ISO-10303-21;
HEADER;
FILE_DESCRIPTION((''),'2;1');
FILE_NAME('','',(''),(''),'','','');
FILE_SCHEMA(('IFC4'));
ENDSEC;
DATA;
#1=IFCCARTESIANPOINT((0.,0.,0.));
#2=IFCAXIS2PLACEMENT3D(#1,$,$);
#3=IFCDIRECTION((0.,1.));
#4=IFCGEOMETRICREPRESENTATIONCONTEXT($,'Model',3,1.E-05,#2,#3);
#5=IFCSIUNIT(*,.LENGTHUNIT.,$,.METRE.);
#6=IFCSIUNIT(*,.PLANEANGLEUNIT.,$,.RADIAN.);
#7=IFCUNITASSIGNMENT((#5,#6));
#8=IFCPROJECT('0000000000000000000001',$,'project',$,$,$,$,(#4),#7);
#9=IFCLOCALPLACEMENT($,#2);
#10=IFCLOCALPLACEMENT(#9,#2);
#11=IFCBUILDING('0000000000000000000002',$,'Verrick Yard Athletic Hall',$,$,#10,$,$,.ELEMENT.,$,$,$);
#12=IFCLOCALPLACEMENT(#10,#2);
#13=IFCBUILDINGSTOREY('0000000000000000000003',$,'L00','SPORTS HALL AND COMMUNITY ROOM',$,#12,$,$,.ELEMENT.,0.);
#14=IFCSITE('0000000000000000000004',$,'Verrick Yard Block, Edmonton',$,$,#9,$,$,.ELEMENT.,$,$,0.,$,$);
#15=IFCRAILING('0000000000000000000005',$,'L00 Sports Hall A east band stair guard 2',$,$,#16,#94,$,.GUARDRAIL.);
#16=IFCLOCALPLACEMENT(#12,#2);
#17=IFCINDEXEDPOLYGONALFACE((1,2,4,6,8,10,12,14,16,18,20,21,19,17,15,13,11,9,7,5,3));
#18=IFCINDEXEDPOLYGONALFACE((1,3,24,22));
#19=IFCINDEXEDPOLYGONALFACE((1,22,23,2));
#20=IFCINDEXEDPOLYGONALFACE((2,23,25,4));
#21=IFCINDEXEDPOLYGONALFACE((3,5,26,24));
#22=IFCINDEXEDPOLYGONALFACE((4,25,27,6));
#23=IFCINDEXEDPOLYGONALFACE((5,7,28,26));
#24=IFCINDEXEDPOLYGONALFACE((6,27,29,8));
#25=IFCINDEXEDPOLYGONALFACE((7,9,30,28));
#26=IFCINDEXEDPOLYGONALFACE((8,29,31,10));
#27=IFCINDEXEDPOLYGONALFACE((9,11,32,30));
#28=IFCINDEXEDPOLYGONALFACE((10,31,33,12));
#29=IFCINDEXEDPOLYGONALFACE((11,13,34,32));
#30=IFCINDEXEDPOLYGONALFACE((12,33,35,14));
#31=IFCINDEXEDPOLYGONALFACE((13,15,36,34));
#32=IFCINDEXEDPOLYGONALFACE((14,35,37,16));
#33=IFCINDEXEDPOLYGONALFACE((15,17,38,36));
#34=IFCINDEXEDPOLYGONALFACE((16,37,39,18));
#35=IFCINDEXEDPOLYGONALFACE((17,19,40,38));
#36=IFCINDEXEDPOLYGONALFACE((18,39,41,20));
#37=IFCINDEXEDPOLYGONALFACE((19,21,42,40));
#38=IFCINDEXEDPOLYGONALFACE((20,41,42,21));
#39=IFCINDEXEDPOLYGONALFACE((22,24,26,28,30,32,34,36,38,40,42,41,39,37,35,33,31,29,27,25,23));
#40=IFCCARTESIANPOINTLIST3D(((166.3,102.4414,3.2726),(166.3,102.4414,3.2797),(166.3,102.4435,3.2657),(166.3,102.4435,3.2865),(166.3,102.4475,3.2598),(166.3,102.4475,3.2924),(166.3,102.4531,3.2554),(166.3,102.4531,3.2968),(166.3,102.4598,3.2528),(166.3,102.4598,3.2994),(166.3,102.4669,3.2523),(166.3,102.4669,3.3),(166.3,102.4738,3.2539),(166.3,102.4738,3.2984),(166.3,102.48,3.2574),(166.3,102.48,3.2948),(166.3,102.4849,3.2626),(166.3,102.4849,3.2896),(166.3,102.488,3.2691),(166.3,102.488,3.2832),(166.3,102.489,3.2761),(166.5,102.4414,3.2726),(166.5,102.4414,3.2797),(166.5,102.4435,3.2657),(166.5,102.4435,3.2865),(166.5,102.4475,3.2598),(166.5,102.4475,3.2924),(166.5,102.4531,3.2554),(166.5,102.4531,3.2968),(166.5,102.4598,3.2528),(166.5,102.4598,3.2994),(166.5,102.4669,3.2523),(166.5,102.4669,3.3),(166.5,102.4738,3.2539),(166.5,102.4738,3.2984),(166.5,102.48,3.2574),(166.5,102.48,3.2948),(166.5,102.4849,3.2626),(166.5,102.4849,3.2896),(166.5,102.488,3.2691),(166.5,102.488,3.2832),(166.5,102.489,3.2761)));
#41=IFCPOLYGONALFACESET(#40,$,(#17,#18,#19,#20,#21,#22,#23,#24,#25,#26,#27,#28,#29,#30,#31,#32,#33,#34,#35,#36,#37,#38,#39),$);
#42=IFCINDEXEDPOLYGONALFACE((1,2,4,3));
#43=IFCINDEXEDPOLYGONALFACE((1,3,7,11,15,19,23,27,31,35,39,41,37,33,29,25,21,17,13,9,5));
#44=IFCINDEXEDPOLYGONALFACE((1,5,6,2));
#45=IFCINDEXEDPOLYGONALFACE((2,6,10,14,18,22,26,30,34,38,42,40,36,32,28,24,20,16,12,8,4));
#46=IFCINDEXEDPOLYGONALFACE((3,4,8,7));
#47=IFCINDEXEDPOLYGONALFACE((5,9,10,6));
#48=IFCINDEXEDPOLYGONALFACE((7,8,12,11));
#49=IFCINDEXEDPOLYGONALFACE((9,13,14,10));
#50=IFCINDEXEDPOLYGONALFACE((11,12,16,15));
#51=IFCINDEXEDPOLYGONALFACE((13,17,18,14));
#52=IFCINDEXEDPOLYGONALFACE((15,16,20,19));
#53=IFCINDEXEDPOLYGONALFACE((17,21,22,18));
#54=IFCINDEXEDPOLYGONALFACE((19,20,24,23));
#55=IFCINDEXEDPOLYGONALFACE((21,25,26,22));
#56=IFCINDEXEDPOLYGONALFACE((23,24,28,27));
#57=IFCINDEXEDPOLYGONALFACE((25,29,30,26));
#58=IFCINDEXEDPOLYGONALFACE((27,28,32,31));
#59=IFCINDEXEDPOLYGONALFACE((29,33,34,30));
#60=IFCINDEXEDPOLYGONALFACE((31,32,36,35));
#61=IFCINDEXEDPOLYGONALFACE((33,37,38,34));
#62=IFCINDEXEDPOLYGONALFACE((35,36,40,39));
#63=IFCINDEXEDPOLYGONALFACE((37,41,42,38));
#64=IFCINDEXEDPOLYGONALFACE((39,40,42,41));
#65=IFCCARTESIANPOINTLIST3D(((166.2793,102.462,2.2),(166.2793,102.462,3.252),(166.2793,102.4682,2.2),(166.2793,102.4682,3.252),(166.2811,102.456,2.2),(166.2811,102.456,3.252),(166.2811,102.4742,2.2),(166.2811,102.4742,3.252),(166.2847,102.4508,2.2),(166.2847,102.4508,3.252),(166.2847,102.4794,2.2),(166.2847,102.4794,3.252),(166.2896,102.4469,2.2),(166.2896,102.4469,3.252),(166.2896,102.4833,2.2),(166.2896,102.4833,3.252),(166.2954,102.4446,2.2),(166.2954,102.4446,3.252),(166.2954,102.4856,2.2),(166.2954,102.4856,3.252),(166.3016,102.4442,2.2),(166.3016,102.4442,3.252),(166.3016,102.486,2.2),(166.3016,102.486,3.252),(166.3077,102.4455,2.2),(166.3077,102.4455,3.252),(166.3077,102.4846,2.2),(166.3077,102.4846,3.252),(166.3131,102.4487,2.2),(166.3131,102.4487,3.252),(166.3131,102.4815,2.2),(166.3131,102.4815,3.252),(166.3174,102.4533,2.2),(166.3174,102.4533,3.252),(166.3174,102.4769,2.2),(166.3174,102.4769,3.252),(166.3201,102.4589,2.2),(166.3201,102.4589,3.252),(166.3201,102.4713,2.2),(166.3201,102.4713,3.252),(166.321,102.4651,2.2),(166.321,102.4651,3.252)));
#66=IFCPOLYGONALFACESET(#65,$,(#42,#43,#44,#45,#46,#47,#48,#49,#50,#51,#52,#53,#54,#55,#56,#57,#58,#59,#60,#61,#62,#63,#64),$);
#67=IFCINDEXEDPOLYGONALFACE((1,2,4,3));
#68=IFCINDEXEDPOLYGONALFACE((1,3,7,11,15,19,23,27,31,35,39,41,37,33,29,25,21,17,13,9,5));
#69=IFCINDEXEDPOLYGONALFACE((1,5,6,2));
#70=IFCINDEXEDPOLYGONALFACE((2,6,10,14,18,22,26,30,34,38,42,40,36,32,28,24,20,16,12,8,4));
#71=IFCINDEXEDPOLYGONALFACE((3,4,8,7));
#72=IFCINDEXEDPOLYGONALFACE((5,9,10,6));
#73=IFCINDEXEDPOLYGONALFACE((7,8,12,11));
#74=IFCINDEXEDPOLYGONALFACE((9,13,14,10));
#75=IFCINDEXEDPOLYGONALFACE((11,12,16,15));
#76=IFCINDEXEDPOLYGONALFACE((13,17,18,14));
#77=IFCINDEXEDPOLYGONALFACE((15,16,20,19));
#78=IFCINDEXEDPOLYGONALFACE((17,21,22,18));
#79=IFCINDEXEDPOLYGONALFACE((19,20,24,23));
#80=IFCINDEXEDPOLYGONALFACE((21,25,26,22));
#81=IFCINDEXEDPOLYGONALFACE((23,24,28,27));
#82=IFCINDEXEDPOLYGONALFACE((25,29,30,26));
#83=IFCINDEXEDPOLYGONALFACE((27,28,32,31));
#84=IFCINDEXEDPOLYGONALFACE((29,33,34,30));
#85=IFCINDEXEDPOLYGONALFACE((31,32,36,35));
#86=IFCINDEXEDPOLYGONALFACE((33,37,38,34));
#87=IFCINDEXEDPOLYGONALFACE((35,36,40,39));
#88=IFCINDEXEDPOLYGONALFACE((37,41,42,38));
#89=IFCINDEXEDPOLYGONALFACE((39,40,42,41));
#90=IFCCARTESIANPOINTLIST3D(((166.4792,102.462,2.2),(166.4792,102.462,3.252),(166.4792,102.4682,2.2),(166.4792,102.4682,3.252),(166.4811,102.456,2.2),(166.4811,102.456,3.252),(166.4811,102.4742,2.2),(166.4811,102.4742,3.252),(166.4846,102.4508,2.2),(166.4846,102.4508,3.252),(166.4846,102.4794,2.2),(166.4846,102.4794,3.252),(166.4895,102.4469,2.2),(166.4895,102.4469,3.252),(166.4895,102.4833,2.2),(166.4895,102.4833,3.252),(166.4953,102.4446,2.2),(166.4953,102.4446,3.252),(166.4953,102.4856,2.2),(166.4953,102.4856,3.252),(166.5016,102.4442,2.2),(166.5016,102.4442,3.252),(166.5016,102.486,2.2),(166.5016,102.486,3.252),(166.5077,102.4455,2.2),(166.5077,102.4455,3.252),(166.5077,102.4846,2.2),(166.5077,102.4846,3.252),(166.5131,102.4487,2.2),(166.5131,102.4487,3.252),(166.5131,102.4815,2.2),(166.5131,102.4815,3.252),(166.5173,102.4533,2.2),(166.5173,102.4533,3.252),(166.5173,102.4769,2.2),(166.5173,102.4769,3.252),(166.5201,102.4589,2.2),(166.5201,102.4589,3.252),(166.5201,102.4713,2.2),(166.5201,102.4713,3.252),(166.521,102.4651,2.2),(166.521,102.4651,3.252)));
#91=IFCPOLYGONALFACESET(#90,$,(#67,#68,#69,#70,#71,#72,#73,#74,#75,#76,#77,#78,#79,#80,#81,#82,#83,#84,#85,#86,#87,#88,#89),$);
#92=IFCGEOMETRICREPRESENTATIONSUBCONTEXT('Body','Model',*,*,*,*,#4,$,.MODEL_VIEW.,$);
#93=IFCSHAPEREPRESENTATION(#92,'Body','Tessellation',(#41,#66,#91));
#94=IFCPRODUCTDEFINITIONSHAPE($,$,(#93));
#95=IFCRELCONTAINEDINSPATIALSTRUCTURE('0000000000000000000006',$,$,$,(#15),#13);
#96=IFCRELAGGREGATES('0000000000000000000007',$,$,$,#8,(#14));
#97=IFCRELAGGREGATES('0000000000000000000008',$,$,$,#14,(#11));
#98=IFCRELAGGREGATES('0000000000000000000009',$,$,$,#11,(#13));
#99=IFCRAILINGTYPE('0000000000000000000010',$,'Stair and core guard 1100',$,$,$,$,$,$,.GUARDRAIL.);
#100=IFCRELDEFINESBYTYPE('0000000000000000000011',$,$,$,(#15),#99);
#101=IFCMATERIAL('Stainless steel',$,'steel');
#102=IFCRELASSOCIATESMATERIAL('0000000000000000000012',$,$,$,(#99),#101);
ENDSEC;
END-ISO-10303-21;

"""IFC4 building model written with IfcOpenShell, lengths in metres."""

from ifc_helpers import new_model, si_unit, direction, frame, origin, origin_2d, place, context, subcontext, project, spatial, circle, extrude, material, type_object, element, save


model = new_model("IFC4")

# Units and contexts
model_context = context("Model", 3, precision=1e-05, world=origin(), true_north=direction((0.0, 1.0)))
body_context = subcontext(model_context, "Body", "Model", "MODEL_VIEW")
ifc_project = project(units=[si_unit("LENGTHUNIT", "METRE"), si_unit("PLANEANGLEUNIT", "RADIAN")], contexts=[model_context])

# Site, building, storey
site_placement = place(None, origin())
site = spatial("IfcSite", under=ifc_project, at=site_placement, Name="Verrick Yard Block, Edmonton", CompositionType="ELEMENT", RefElevation=0.0)
building_placement = place(site_placement, origin())
building = spatial("IfcBuilding", under=site, at=building_placement, Name="Verrick Yard Athletic Hall", CompositionType="ELEMENT")
storey_placement = place(building_placement, origin())
storey = spatial("IfcBuildingStorey", under=building, at=storey_placement, Name="L00", Description="SPORTS HALL AND COMMUNITY ROOM", CompositionType="ELEMENT", Elevation=0.0)

# Railing
ifc_material_1 = material(Name="Stainless steel", Category="steel")
railing_type_1 = type_object("IfcRailingType", Name="Stair and core guard 1100", PredefinedType="GUARDRAIL", material=ifc_material_1)
railing_1_placement = place(storey_placement, frame((166.3, 102.4651, 2.2)))
element("IfcRailing", 1, at=railing_1_placement, inside=storey, type_object=railing_type_1, Name="L00 Sports Hall A east band stair guard 2", PredefinedType="GUARDRAIL", context=body_context, shape_type="SweptSolid", body=[
    extrude(circle(Radius=0.0239, at=origin_2d()), frame((0.0, 0.0, 1.0762), z_axis=(1.0, 0.0, 0.0), x_axis=(0.0, 1.0, 0.0)), (0.0, 0.0, 1.0), 0.2),
    extrude(circle(Radius=0.021, at=origin_2d()), origin(), (0.0, 0.0, 1.0), 1.052),
    extrude(circle(Radius=0.021, at=origin_2d()), frame((0.2, 0.0, 0.0)), (0.0, 0.0, 1.0), 1.052),
])

save(model, "model.ifc")
